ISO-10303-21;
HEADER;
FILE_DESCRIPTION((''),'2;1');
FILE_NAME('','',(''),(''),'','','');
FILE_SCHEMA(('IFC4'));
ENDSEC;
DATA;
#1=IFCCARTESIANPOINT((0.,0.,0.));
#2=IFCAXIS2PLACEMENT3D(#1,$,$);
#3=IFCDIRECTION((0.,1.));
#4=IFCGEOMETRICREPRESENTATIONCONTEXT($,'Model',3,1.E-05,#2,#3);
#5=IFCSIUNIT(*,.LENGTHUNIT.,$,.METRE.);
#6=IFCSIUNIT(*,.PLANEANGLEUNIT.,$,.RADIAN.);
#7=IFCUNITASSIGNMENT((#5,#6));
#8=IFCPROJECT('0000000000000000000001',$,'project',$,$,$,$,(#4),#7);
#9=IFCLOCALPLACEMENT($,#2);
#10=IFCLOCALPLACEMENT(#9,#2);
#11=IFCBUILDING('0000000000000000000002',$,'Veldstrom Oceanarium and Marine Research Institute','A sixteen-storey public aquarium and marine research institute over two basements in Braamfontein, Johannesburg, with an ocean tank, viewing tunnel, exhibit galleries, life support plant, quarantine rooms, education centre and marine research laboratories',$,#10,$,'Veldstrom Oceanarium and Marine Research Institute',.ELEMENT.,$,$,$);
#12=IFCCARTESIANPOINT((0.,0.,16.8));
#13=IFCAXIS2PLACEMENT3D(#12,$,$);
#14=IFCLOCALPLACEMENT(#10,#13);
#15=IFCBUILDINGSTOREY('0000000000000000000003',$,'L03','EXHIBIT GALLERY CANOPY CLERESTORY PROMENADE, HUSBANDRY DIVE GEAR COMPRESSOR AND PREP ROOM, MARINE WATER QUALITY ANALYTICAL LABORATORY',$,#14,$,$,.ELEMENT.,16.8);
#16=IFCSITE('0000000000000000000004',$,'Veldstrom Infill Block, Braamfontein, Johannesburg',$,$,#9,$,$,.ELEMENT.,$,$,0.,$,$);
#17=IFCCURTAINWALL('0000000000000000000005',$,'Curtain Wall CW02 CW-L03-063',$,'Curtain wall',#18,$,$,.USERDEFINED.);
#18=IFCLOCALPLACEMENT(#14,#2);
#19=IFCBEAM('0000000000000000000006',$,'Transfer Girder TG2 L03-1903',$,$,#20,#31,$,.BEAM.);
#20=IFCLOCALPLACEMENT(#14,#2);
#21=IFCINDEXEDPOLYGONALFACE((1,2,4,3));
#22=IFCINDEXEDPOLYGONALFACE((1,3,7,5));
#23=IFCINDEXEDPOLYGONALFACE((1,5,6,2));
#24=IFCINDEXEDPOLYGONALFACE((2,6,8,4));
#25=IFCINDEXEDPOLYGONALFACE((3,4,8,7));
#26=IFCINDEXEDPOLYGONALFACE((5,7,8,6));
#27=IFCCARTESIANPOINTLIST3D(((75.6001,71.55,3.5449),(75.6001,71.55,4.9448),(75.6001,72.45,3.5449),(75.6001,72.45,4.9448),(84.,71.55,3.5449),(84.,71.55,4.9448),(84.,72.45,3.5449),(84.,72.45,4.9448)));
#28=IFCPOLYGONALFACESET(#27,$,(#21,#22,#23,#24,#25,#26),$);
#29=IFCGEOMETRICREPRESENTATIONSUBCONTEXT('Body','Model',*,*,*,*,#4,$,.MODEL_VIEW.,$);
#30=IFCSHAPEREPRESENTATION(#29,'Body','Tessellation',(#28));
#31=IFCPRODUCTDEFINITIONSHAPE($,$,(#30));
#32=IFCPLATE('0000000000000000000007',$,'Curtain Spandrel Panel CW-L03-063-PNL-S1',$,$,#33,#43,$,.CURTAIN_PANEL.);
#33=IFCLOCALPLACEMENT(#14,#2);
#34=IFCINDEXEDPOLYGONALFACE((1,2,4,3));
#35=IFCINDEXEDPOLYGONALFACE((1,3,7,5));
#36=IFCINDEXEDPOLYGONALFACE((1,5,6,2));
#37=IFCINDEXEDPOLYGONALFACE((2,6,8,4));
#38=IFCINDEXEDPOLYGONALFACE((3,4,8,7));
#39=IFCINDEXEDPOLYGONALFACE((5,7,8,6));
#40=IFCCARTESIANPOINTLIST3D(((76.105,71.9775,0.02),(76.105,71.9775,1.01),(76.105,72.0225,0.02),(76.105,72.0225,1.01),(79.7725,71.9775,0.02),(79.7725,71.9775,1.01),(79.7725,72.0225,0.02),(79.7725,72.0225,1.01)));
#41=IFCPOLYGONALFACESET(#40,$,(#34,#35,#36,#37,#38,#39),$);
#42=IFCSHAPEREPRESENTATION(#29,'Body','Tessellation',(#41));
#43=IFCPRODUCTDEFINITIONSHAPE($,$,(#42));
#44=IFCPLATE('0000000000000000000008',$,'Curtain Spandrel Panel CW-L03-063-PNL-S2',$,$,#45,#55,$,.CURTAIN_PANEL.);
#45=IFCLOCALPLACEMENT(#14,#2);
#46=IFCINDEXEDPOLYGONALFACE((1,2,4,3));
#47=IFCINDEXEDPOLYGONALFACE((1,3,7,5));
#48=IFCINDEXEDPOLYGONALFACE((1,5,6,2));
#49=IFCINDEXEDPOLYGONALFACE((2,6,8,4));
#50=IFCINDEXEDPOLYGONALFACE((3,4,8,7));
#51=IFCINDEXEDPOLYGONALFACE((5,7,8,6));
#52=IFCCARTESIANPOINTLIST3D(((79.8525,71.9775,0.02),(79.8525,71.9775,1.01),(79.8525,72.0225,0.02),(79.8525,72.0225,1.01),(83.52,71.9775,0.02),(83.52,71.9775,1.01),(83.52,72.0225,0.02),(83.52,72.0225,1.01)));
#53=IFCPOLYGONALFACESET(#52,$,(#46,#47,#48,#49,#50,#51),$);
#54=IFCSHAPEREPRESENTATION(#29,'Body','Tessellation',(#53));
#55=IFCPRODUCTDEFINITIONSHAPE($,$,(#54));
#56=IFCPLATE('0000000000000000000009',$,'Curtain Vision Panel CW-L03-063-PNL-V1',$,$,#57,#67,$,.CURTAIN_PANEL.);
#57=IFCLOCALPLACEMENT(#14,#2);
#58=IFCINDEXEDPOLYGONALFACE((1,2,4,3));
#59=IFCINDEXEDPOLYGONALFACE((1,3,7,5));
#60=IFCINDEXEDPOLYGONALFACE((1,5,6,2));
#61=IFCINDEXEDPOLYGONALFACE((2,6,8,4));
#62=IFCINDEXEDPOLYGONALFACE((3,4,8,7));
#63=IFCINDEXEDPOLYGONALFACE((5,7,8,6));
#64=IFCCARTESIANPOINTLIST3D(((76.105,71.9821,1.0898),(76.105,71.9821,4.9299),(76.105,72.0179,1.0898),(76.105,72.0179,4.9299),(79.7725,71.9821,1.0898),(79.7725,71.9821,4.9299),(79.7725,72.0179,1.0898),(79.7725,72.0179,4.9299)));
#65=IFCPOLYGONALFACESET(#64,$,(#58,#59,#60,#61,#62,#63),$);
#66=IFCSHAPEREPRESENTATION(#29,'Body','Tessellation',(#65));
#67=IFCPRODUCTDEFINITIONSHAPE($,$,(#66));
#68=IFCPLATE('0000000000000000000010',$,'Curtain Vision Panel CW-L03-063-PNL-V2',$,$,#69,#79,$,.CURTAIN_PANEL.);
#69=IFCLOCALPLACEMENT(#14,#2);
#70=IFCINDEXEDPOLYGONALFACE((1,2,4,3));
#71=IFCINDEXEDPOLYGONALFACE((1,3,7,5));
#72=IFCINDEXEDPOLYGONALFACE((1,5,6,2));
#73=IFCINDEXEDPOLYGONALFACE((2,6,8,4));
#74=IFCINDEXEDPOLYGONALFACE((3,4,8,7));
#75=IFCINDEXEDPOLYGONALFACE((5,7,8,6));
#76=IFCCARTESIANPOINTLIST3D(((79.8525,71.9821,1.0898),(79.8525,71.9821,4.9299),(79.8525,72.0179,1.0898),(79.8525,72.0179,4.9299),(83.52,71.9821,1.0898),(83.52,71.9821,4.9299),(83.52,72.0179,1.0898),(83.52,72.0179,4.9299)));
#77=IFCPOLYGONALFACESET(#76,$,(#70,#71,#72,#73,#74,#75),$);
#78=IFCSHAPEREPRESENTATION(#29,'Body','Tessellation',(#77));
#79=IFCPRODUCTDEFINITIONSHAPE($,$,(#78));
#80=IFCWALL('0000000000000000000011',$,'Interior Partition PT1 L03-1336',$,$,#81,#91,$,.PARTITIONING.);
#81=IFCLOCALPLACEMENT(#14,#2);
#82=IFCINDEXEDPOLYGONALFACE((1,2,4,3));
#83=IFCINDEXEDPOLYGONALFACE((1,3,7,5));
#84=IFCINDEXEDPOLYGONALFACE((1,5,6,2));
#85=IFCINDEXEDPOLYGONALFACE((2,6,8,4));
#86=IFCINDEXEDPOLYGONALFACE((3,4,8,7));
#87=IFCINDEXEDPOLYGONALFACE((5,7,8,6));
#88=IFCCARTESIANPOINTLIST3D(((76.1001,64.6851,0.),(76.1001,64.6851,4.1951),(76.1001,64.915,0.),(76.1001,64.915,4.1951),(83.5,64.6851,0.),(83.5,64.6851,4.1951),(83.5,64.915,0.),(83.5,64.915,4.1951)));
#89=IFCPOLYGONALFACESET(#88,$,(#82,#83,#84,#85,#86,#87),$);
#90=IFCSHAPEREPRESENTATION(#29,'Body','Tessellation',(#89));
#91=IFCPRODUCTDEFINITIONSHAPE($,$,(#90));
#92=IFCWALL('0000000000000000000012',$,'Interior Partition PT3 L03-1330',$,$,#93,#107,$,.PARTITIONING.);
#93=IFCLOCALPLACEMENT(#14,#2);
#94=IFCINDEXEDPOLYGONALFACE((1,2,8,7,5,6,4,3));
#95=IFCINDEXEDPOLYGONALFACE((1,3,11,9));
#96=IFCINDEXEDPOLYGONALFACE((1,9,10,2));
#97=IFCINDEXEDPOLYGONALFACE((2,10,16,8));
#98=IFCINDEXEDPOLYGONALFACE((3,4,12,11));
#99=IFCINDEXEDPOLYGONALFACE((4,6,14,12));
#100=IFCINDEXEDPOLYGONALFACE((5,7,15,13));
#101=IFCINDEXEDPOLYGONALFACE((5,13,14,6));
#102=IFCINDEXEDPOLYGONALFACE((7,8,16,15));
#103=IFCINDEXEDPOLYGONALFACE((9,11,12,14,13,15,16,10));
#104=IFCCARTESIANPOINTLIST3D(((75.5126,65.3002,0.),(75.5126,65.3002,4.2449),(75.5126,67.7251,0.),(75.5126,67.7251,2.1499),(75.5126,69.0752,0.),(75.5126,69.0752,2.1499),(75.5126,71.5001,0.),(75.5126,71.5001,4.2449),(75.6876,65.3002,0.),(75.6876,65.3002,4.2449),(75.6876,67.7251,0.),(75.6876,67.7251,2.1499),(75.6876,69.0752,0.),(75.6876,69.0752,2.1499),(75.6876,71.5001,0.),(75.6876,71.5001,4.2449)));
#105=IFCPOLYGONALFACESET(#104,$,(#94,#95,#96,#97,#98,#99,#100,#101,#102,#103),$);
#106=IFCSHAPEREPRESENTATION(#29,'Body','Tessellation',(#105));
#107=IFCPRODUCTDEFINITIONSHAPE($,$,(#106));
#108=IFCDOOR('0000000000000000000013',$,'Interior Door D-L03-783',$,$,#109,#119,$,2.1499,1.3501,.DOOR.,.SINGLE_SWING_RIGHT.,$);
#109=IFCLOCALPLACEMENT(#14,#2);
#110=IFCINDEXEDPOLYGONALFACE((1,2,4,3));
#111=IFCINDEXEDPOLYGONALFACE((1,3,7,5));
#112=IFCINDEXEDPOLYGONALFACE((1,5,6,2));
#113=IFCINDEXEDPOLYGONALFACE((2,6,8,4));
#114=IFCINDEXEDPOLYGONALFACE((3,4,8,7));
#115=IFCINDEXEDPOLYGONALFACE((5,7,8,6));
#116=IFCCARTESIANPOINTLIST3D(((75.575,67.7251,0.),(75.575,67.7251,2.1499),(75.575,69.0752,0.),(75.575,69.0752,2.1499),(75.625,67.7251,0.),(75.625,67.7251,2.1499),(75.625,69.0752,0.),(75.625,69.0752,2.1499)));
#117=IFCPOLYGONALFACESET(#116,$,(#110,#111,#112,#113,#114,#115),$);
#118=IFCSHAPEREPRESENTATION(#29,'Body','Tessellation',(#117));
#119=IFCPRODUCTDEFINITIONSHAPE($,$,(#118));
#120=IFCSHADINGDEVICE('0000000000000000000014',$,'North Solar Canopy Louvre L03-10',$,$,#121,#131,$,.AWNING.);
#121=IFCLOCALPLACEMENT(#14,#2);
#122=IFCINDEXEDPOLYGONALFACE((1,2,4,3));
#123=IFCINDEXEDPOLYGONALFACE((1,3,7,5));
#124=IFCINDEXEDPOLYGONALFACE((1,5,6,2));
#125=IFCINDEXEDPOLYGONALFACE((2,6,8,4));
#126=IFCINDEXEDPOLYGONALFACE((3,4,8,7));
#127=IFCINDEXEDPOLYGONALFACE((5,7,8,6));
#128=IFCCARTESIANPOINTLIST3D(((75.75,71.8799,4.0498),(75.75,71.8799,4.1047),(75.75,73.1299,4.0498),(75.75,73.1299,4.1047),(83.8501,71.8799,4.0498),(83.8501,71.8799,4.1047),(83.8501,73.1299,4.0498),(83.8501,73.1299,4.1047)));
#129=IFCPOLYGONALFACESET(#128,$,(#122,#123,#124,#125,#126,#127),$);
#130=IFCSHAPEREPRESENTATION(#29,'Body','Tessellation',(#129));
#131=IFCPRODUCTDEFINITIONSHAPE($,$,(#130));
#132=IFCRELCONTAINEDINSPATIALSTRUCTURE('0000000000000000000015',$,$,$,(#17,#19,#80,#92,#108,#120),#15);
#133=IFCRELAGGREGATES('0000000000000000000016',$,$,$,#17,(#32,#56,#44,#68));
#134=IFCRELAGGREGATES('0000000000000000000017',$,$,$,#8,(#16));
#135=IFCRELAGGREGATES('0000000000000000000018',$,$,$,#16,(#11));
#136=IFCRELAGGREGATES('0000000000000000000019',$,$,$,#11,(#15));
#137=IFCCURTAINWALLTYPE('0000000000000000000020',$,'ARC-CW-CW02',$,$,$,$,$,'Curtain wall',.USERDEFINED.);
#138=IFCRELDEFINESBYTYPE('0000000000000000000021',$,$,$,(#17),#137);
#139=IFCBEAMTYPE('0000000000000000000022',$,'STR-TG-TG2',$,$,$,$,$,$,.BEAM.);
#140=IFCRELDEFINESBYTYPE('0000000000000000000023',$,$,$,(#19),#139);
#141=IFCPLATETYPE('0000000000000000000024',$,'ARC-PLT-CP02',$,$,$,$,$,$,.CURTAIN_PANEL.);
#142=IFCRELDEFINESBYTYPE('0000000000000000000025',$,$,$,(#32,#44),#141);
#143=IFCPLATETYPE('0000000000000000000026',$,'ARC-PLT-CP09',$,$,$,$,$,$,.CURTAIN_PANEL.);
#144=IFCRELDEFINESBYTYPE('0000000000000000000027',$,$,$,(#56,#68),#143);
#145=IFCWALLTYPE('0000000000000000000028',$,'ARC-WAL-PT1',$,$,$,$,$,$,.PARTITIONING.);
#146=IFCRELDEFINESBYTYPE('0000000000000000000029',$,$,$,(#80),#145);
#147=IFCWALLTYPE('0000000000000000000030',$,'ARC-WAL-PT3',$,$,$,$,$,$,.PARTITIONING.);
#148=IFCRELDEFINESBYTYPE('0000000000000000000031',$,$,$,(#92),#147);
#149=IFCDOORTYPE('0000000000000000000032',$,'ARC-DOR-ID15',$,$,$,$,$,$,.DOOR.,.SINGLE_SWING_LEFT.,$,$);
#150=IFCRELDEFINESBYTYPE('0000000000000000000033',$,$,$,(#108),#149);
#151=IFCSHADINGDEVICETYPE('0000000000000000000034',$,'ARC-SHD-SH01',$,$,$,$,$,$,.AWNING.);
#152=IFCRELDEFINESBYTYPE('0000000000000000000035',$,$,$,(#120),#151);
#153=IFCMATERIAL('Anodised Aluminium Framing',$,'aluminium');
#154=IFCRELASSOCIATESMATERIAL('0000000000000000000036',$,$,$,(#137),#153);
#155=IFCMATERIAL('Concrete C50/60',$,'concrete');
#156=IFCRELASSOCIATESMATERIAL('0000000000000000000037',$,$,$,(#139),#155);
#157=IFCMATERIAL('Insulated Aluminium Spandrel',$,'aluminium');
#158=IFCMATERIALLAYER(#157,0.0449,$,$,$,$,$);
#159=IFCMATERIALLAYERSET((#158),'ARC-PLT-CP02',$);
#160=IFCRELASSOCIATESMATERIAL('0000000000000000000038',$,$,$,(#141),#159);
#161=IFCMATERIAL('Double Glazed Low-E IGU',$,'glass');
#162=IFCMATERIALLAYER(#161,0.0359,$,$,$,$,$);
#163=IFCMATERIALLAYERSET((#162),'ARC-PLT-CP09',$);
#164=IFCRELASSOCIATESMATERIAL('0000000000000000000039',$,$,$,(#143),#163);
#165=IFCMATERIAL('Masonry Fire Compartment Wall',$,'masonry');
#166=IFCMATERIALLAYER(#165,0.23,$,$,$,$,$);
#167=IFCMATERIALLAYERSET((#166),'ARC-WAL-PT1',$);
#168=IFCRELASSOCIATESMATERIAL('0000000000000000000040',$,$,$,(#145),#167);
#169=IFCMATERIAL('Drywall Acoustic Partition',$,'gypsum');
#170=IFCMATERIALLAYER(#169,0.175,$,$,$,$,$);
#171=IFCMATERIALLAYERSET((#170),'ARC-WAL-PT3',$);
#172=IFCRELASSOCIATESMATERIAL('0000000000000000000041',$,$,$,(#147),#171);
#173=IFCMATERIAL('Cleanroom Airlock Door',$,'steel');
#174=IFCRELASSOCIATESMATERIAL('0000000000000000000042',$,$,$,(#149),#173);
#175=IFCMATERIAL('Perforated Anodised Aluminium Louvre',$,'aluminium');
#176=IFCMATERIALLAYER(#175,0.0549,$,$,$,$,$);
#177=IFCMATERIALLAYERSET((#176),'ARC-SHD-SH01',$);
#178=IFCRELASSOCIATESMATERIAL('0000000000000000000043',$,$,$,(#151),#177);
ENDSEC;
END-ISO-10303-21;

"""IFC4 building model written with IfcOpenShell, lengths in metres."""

from ifc_helpers import new_model, si_unit, direction, frame, frame_2d, origin, origin_2d, place, context, subcontext, project, spatial, rectangle, extrude, material, layer, layer_set, material_profile, profile_set, type_object, element, fill, aggregate, save


model = new_model("IFC4")

# Units and contexts
model_context = context("Model", 3, precision=1e-05, world=origin(), true_north=direction((0.0, 1.0)))
body_context = subcontext(model_context, "Body", "Model", "MODEL_VIEW")
ifc_project = project(units=[si_unit("LENGTHUNIT", "METRE"), si_unit("PLANEANGLEUNIT", "RADIAN")], contexts=[model_context])

# Site, building, storey
site_placement = place(None, origin())
site = spatial("IfcSite", under=ifc_project, at=site_placement, Name="Veldstrom Infill Block, Braamfontein, Johannesburg", CompositionType="ELEMENT", RefElevation=0.0)
building_placement = place(site_placement, origin())
building = spatial("IfcBuilding", under=site, at=building_placement, Name="Veldstrom Oceanarium and Marine Research Institute", Description="A sixteen-storey public aquarium and marine research institute over two basements in Braamfontein, Johannesburg, with an ocean tank, viewing tunnel, exhibit galleries, life support plant, quarantine rooms, education centre and marine research laboratories", LongName="Veldstrom Oceanarium and Marine Research Institute", CompositionType="ELEMENT")
storey_placement = place(building_placement, frame((0.0, 0.0, 16.8)))
storey = spatial("IfcBuildingStorey", under=building, at=storey_placement, Name="L03", Description="EXHIBIT GALLERY CANOPY CLERESTORY PROMENADE, HUSBANDRY DIVE GEAR COMPRESSOR AND PREP ROOM, MARINE WATER QUALITY ANALYTICAL LABORATORY", CompositionType="ELEMENT", Elevation=16.8)

# Curtain wall
ifc_material_1 = material(Name="Anodised Aluminium Framing", Category="aluminium")
curtain_wall_type = type_object("IfcCurtainWallType", Name="ARC-CW-CW02", ElementType="Curtain wall", PredefinedType="USERDEFINED", material=ifc_material_1)
curtain_wall_placement = place(storey_placement, origin())
curtain_wall = element("IfcCurtainWall", 1, at=curtain_wall_placement, inside=storey, type_object=curtain_wall_type, Name="Curtain Wall CW02 CW-L03-063", ObjectType="Curtain wall", PredefinedType="USERDEFINED")

# Beam
ifc_material_2 = material(Name="Concrete C50/60", Category="concrete")
ifc_material_profile_1 = material_profile(ifc_material_2, rectangle(XDim=0.8999, YDim=1.3999, at=origin_2d()), Name="RC-TG-900x1400")
ifc_profile_set_1 = profile_set([ifc_material_profile_1], Name="Concrete C50/60")
beam_type_1 = type_object("IfcBeamType", Name="STR-TG-TG2", PredefinedType="BEAM", material=ifc_profile_set_1)
beam_1_placement = place(storey_placement, frame((75.6001, 72.0, 4.2449), z_axis=(1.0, 0.0, 0.0), x_axis=(0.0, 1.0, 0.0)))
element("IfcBeam", 2, at=beam_1_placement, inside=storey, type_object=beam_type_1, Name="Transfer Girder TG2 L03-1903", PredefinedType="BEAM", context=body_context, shape_type="SweptSolid", body=[
    extrude(rectangle(XDim=0.8999, YDim=1.3999, at=origin_2d()), origin(), (0.0, 0.0, 1.0), 8.3999),
])

# Plates
ifc_material_3 = material(Name="Insulated Aluminium Spandrel", Category="aluminium")
ifc_layer_1 = layer(ifc_material_3, 0.0449)
ifc_layer_set_1 = layer_set([ifc_layer_1], Name="ARC-PLT-CP02")
plate_type_1 = type_object("IfcPlateType", Name="ARC-PLT-CP02", PredefinedType="CURTAIN_PANEL", material=ifc_layer_set_1)
plate_1_placement = place(storey_placement, frame((77.9387, 72.0, 0.02), z_axis=(0.0, 0.0, 1.0), x_axis=(1.0, 0.0, 0.0)))
plate_1 = element("IfcPlate", 3, at=plate_1_placement, type_object=plate_type_1, Name="Curtain Spandrel Panel CW-L03-063-PNL-S1", PredefinedType="CURTAIN_PANEL", context=body_context, shape_type="SweptSolid", body=[
    extrude(rectangle(XDim=3.6675, YDim=0.0449, at=origin_2d()), origin(), (0.0, 0.0, 1.0), 0.99),
])
plate_2_placement = place(storey_placement, frame((81.6863, 72.0, 0.02), z_axis=(0.0, 0.0, 1.0), x_axis=(1.0, 0.0, 0.0)))
plate_2 = element("IfcPlate", 4, at=plate_2_placement, type_object=plate_type_1, Name="Curtain Spandrel Panel CW-L03-063-PNL-S2", PredefinedType="CURTAIN_PANEL", context=body_context, shape_type="SweptSolid", body=[
    extrude(rectangle(XDim=3.6675, YDim=0.0449, at=origin_2d()), origin(), (0.0, 0.0, 1.0), 0.99),
])
ifc_material_4 = material(Name="Double Glazed Low-E IGU", Category="glass")
ifc_layer_2 = layer(ifc_material_4, 0.0359)
ifc_layer_set_2 = layer_set([ifc_layer_2], Name="ARC-PLT-CP09")
plate_type_2 = type_object("IfcPlateType", Name="ARC-PLT-CP09", PredefinedType="CURTAIN_PANEL", material=ifc_layer_set_2)
plate_3_placement = place(storey_placement, frame((77.9387, 72.0, 1.0898), z_axis=(0.0, 0.0, 1.0), x_axis=(1.0, 0.0, 0.0)))
plate_3 = element("IfcPlate", 5, at=plate_3_placement, type_object=plate_type_2, Name="Curtain Vision Panel CW-L03-063-PNL-V1", PredefinedType="CURTAIN_PANEL", context=body_context, shape_type="SweptSolid", body=[
    extrude(rectangle(XDim=3.6675, YDim=0.0359, at=origin_2d()), origin(), (0.0, 0.0, 1.0), 3.8401),
])
plate_4_placement = place(storey_placement, frame((81.6863, 72.0, 1.0898), z_axis=(0.0, 0.0, 1.0), x_axis=(1.0, 0.0, 0.0)))
plate_4 = element("IfcPlate", 6, at=plate_4_placement, type_object=plate_type_2, Name="Curtain Vision Panel CW-L03-063-PNL-V2", PredefinedType="CURTAIN_PANEL", context=body_context, shape_type="SweptSolid", body=[
    extrude(rectangle(XDim=3.6675, YDim=0.0359, at=origin_2d()), origin(), (0.0, 0.0, 1.0), 3.8401),
])
aggregate(curtain_wall, [plate_1, plate_3, plate_2, plate_4])

# Wall
ifc_material_5 = material(Name="Masonry Fire Compartment Wall", Category="masonry")
ifc_layer_3 = layer(ifc_material_5, 0.23)
ifc_layer_set_3 = layer_set([ifc_layer_3], Name="ARC-WAL-PT1")
wall_type_1 = type_object("IfcWallType", Name="ARC-WAL-PT1", PredefinedType="PARTITIONING", material=ifc_layer_set_3)
wall_1_placement = place(storey_placement, frame((76.1001, 64.8, 0.0), z_axis=(0.0, 0.0, 1.0), x_axis=(1.0, 0.0, 0.0)))
element("IfcWall", 7, at=wall_1_placement, inside=storey, type_object=wall_type_1, Name="Interior Partition PT1 L03-1336", PredefinedType="PARTITIONING", context=body_context, shape_type="SweptSolid", body=[
    extrude(rectangle(XDim=7.3999, YDim=0.23, at=frame_2d((3.7, 0.0))), origin(), (0.0, 0.0, 1.0), 4.1951),
])

# Wall, opening, door
ifc_material_6 = material(Name="Drywall Acoustic Partition", Category="gypsum")
ifc_layer_4 = layer(ifc_material_6, 0.175)
ifc_layer_set_4 = layer_set([ifc_layer_4], Name="ARC-WAL-PT3")
wall_type_2 = type_object("IfcWallType", Name="ARC-WAL-PT3", PredefinedType="PARTITIONING", material=ifc_layer_set_4)
wall_2_placement = place(storey_placement, frame((75.6001, 65.3, 0.0), z_axis=(0.0, 0.0, 1.0), x_axis=(0.0, 1.0, 0.0)))
wall_2 = element("IfcWall", 8, at=wall_2_placement, inside=storey, type_object=wall_type_2, Name="Interior Partition PT3 L03-1330", PredefinedType="PARTITIONING", context=body_context, shape_type="SweptSolid", body=[
    extrude(rectangle(XDim=6.2, YDim=0.175, at=frame_2d((3.1001, 0.0))), origin(), (0.0, 0.0, 1.0), 4.2449),
])
opening_placement = place(wall_2_placement, frame((2.425, 0.0, 0.0)))
opening = element("IfcOpeningElement", 9, at=opening_placement, cuts=wall_2, PredefinedType="OPENING", context=body_context, shape_type="SweptSolid", body=[
    extrude(rectangle(XDim=1.3501, YDim=2.1499, at=frame_2d((0.675, 1.075))), frame((0.0, 0.0974, 0.0), z_axis=(0.0, -1.0, 0.0), x_axis=(1.0, 0.0, 0.0)), (0.0, 0.0, 1.0), 0.1951),
])
ifc_material_7 = material(Name="Cleanroom Airlock Door", Category="steel")
door_type = type_object("IfcDoorType", Name="ARC-DOR-ID15", OperationType="SINGLE_SWING_LEFT", PredefinedType="DOOR", material=ifc_material_7)
door_placement = place(opening_placement, frame((1.3501, 0.0, 0.0), z_axis=(0.0, 0.0, 1.0), x_axis=(-1.0, 0.0, 0.0)))
door = element("IfcDoor", 10, at=door_placement, inside=storey, type_object=door_type, Name="Interior Door D-L03-783", OperationType="SINGLE_SWING_RIGHT", OverallHeight=2.1499, OverallWidth=1.3501, PredefinedType="DOOR", context=body_context, shape_type="SweptSolid", body=[
    extrude(rectangle(XDim=1.3501, YDim=2.1499, at=frame_2d((0.675, 1.075))), frame((0.0, 0.0249, 0.0), z_axis=(0.0, -1.0, 0.0), x_axis=(1.0, 0.0, 0.0)), (0.0, 0.0, 1.0), 0.05),
])
fill(opening, door)

# Shading device
ifc_material_8 = material(Name="Perforated Anodised Aluminium Louvre", Category="aluminium")
ifc_layer_5 = layer(ifc_material_8, 0.0549)
ifc_layer_set_5 = layer_set([ifc_layer_5], Name="ARC-SHD-SH01")
shading_device_type = type_object("IfcShadingDeviceType", Name="ARC-SHD-SH01", PredefinedType="AWNING", material=ifc_layer_set_5)
shading_device_placement = place(storey_placement, frame((79.8, 72.5049, 4.0498), z_axis=(0.0, 0.0, 1.0), x_axis=(1.0, 0.0, 0.0)))
element("IfcShadingDevice", 11, at=shading_device_placement, inside=storey, type_object=shading_device_type, Name="North Solar Canopy Louvre L03-10", PredefinedType="AWNING", context=body_context, shape_type="SweptSolid", body=[
    extrude(rectangle(XDim=8.1001, YDim=1.25, at=origin_2d()), origin(), (0.0, 0.0, 1.0), 0.0549),
])

save(model, "model.ifc")
